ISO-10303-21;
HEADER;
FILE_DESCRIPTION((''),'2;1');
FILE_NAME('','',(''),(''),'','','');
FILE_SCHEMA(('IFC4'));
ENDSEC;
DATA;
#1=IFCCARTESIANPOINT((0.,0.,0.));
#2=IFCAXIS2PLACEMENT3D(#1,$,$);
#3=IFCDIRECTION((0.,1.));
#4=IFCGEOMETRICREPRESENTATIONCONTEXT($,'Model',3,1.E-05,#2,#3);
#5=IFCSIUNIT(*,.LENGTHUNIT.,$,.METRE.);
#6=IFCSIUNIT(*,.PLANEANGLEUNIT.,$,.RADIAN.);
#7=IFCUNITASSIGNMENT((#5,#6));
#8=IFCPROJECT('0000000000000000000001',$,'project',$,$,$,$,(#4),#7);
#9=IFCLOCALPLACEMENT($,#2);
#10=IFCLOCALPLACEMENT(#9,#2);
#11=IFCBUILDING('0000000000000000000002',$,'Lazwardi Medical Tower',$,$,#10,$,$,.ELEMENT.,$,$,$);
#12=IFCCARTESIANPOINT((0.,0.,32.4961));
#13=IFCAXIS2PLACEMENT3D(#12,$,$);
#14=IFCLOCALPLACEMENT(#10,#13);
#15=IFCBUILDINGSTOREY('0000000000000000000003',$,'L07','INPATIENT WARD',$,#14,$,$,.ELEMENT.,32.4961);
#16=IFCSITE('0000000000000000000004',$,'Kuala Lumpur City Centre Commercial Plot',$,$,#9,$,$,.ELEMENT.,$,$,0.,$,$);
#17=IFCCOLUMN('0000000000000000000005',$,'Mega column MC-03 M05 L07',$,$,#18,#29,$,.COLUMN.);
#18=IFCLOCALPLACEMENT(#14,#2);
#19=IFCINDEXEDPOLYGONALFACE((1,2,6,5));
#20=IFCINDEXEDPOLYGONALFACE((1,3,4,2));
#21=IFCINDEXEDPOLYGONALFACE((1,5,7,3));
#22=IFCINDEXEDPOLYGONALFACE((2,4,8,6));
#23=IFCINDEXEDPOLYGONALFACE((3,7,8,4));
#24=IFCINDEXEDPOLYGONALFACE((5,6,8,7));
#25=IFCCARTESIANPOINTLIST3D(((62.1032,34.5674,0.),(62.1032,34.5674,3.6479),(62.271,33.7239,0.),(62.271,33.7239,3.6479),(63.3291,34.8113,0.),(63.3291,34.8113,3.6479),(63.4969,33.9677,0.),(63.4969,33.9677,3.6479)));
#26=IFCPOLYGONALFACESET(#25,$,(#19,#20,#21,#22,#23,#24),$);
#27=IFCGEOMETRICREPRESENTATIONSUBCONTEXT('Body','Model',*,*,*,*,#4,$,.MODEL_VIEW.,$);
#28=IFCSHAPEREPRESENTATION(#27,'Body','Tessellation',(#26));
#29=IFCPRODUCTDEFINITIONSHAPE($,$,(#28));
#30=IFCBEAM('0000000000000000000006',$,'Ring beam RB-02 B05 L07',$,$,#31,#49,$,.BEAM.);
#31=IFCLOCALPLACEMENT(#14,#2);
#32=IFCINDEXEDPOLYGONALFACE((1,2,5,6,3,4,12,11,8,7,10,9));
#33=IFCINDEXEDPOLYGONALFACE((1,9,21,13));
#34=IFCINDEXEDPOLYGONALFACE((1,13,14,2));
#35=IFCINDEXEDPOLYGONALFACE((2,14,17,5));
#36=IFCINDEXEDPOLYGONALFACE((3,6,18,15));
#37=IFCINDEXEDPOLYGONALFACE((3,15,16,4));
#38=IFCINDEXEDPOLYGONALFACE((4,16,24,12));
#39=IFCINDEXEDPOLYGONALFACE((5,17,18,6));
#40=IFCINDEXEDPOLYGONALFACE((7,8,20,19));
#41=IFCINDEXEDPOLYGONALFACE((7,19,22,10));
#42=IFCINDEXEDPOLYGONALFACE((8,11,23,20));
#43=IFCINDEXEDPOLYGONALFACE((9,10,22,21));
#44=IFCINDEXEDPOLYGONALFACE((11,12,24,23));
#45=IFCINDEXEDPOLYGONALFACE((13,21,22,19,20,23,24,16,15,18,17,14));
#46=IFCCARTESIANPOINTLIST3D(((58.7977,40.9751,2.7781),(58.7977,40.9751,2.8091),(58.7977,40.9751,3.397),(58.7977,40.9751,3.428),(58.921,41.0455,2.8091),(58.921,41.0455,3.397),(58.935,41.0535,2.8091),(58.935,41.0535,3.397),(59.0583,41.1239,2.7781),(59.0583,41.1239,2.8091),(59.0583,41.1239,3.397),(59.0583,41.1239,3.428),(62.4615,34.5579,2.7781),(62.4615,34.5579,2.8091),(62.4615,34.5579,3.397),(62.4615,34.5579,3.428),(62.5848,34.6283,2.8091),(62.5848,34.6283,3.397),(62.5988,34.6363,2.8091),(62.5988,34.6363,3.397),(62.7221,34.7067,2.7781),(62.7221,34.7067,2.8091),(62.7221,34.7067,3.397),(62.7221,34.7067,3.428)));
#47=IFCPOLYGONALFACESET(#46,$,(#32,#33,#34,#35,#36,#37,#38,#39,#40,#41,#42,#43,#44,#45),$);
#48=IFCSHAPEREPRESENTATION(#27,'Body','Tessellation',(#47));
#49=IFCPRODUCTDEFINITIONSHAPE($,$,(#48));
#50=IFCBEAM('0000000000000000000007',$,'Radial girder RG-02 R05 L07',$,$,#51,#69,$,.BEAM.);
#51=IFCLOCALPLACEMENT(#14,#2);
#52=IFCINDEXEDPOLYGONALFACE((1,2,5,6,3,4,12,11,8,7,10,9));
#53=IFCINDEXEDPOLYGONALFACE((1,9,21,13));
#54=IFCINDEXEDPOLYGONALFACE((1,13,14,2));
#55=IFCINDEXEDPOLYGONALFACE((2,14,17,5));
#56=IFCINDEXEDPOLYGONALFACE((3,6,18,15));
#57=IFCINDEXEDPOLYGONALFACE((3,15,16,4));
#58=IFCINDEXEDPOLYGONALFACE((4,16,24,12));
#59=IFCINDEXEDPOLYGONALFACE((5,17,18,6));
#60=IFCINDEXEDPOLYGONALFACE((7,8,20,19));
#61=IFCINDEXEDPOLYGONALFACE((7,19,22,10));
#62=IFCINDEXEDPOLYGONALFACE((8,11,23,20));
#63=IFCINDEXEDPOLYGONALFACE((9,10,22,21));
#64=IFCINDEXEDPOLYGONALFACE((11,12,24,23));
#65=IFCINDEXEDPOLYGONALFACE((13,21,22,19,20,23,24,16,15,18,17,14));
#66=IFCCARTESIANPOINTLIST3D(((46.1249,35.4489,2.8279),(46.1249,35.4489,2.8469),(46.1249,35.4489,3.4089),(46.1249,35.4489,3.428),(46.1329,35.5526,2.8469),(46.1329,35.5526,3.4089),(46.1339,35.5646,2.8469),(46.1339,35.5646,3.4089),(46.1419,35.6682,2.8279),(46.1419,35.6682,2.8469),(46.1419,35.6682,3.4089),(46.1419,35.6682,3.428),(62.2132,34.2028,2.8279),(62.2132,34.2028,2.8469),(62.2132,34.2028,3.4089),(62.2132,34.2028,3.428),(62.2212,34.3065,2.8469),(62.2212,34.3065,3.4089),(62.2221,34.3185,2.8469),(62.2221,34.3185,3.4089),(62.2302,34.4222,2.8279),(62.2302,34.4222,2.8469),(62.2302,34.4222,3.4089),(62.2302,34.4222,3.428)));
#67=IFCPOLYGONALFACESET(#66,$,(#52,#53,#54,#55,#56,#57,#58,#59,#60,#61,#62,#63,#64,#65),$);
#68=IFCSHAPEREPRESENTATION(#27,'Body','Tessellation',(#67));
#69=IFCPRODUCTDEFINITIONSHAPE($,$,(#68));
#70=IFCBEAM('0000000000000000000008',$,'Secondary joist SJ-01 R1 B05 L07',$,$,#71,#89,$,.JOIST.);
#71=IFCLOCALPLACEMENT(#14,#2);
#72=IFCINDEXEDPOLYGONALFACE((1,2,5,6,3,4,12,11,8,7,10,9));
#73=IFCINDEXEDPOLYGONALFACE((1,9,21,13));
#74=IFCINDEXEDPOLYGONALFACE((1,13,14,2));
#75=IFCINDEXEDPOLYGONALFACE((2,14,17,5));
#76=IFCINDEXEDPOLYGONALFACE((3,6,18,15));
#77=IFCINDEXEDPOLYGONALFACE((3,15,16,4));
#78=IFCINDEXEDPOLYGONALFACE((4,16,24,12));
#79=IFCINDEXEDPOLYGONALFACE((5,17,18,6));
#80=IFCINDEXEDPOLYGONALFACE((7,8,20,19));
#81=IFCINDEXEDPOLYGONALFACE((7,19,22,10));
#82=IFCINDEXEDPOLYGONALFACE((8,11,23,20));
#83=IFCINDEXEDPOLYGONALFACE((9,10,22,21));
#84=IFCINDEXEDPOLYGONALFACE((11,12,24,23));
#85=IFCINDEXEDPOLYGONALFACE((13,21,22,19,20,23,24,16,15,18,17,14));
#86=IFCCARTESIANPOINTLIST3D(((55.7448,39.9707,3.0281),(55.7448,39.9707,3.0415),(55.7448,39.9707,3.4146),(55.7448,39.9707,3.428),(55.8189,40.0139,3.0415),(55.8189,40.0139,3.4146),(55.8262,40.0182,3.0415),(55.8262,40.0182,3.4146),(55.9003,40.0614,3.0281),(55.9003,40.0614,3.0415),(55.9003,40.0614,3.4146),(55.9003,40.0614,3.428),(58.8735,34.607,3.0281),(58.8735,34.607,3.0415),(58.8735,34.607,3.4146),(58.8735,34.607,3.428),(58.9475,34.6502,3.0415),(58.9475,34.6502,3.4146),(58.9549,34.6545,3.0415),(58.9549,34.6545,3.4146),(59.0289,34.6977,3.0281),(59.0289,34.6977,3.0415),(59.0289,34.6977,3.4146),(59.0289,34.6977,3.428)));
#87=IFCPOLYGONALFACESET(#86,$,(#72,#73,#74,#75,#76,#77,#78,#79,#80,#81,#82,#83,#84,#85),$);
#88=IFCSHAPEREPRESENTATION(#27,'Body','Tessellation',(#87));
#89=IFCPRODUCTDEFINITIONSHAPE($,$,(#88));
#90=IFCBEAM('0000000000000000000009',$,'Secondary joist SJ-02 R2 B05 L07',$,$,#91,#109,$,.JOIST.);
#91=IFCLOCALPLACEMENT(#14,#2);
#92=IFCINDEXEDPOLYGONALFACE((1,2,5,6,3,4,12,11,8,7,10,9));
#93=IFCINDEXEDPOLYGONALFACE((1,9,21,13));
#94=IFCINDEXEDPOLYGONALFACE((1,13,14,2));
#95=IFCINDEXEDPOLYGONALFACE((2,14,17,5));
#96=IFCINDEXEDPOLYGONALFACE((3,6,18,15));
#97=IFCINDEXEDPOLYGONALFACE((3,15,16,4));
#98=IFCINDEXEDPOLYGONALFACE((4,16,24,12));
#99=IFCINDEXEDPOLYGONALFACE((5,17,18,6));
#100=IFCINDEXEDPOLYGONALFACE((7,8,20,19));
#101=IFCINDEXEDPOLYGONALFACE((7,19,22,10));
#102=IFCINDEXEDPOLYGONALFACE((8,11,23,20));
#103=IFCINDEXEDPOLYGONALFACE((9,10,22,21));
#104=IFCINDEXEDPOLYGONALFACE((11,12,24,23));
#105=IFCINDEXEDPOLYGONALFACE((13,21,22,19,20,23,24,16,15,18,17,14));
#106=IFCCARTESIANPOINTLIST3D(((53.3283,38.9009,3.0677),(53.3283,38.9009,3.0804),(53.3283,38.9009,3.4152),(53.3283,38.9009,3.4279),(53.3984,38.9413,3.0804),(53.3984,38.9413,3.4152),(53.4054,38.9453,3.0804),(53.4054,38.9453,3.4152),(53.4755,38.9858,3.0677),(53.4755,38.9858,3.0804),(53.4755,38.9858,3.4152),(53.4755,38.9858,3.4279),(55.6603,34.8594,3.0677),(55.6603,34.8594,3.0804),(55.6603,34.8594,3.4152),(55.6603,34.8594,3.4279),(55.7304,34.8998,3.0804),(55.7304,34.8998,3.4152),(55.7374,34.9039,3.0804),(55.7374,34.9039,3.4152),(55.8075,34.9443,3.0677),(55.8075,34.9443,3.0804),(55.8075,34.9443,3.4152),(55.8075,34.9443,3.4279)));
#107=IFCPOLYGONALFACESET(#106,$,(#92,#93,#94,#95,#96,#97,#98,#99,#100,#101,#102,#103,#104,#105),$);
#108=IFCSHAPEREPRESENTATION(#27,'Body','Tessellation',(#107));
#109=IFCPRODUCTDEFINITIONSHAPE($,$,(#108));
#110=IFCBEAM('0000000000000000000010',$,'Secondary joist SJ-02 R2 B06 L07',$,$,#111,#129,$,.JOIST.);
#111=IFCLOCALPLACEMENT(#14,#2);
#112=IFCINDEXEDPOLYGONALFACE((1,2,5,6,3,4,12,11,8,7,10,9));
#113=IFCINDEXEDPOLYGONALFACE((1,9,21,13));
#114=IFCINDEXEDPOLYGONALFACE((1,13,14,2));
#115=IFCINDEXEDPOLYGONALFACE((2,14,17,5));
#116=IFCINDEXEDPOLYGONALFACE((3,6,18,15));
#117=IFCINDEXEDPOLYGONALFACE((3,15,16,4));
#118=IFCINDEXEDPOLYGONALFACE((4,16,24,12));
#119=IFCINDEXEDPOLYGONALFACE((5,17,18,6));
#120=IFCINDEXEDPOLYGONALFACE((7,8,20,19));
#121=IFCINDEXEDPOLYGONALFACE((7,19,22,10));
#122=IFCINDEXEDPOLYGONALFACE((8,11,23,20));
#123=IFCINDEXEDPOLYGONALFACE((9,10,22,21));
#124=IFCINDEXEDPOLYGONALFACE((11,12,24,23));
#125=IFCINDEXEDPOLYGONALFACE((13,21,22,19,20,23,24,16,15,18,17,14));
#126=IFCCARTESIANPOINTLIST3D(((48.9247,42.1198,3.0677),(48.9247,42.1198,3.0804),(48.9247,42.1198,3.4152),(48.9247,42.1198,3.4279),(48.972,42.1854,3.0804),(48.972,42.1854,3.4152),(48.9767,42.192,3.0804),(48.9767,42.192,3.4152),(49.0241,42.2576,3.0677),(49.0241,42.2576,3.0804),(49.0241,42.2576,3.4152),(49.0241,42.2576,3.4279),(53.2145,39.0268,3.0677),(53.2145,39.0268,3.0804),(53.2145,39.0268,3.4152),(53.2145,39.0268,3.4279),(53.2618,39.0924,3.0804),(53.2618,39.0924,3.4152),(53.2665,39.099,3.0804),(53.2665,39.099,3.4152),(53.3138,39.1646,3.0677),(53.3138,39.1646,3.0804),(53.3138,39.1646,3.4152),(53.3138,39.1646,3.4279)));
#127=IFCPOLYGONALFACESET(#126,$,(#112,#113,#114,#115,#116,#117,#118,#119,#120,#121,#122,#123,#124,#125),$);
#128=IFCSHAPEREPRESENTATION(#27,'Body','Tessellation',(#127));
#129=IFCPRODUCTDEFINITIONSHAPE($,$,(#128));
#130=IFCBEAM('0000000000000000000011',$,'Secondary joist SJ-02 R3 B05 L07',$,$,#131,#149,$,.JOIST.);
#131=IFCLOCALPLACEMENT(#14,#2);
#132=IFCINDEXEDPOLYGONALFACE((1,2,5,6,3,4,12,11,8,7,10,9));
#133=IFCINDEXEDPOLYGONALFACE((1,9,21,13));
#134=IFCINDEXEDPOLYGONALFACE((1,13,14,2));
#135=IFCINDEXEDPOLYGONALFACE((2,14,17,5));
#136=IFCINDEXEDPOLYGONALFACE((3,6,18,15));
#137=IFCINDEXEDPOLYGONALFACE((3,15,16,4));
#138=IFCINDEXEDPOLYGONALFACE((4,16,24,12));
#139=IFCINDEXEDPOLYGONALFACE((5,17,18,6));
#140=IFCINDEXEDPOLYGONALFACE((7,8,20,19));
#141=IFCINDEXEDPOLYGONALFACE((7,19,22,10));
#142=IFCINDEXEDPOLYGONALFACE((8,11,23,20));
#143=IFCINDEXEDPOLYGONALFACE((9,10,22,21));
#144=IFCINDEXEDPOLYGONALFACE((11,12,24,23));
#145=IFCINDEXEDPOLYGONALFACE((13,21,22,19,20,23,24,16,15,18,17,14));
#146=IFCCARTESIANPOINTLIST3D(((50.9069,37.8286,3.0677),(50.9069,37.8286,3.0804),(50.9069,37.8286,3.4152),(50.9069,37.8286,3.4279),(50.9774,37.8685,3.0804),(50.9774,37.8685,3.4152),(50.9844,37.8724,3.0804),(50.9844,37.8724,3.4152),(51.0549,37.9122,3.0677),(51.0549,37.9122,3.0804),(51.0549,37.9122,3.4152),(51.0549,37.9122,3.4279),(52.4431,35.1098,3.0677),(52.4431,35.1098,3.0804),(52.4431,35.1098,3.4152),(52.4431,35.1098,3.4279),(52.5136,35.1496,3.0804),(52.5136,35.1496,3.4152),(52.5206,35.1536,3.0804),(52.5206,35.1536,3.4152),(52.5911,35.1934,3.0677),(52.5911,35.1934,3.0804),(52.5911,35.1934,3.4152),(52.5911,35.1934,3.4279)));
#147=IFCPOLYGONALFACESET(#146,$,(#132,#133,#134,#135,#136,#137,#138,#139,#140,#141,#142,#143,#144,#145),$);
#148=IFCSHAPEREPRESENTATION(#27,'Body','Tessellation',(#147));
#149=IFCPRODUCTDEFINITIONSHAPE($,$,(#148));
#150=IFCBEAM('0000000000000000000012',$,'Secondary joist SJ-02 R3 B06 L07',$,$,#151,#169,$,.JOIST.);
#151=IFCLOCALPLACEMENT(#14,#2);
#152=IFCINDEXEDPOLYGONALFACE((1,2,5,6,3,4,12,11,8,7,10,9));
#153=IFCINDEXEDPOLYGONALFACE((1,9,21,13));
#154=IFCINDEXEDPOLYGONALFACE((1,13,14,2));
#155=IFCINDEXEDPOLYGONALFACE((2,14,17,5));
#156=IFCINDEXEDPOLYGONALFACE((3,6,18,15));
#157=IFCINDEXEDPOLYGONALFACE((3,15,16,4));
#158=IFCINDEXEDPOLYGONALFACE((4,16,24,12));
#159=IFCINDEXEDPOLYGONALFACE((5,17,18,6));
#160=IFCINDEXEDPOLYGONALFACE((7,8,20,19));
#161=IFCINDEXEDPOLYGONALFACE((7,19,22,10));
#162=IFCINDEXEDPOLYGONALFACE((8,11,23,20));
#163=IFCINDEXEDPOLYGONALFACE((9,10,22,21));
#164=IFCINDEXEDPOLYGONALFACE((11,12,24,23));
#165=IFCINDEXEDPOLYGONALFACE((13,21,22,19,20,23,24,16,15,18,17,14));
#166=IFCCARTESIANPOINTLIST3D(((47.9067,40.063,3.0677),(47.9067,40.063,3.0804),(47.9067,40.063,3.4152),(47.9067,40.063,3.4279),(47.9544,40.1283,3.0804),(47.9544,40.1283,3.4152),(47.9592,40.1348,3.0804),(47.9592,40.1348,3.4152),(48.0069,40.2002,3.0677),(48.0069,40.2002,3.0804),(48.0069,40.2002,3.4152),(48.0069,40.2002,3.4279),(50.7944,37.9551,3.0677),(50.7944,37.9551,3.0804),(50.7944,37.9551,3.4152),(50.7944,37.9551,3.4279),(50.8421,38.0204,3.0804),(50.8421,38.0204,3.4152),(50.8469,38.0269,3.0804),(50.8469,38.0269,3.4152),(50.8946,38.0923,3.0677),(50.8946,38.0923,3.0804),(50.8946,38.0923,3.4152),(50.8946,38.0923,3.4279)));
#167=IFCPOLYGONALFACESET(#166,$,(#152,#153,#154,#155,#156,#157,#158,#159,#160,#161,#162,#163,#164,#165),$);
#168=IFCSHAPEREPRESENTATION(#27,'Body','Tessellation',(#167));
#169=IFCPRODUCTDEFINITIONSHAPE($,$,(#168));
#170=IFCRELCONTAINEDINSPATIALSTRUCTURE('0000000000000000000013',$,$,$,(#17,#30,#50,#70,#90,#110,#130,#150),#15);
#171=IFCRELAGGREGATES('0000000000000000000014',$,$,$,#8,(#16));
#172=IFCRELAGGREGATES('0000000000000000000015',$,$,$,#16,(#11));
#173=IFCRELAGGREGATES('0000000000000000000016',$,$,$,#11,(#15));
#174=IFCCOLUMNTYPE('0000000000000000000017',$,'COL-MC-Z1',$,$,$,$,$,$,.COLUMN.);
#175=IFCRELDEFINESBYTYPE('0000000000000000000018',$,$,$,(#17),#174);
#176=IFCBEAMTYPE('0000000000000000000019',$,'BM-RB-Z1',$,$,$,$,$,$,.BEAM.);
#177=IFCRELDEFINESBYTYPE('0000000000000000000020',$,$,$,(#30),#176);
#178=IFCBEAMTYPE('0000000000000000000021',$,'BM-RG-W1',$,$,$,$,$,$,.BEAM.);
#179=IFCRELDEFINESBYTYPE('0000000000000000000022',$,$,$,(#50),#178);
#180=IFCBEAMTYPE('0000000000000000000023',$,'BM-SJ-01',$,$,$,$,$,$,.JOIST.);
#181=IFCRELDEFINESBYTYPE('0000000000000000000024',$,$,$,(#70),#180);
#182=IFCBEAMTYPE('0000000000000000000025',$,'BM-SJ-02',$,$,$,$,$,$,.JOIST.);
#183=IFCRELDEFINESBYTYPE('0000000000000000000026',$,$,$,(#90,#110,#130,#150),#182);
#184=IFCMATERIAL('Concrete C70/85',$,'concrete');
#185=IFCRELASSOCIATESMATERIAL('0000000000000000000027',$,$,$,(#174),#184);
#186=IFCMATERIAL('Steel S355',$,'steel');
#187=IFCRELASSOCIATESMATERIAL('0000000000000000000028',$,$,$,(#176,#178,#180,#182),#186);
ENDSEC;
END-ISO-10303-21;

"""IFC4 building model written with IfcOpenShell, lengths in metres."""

from ifc_helpers import new_model, si_unit, direction, frame, origin, origin_2d, place, context, subcontext, project, spatial, rectangle, i_section, extrude, material, material_profile, profile_set, type_object, element, save


model = new_model("IFC4")

# Units and contexts
model_context = context("Model", 3, precision=1e-05, world=origin(), true_north=direction((0.0, 1.0)))
body_context = subcontext(model_context, "Body", "Model", "MODEL_VIEW")
ifc_project = project(units=[si_unit("LENGTHUNIT", "METRE"), si_unit("PLANEANGLEUNIT", "RADIAN")], contexts=[model_context])

# Site, building, storey
site_placement = place(None, origin())
site = spatial("IfcSite", under=ifc_project, at=site_placement, Name="Kuala Lumpur City Centre Commercial Plot", CompositionType="ELEMENT", RefElevation=0.0)
building_placement = place(site_placement, origin())
building = spatial("IfcBuilding", under=site, at=building_placement, Name="Lazwardi Medical Tower", CompositionType="ELEMENT")
storey_placement = place(building_placement, frame((0.0, 0.0, 32.4961)))
storey = spatial("IfcBuildingStorey", under=building, at=storey_placement, Name="L07", Description="INPATIENT WARD", CompositionType="ELEMENT", Elevation=32.4961)

# Column
ifc_material_1 = material(Name="Concrete C70/85", Category="concrete")
ifc_material_profile_1 = material_profile(ifc_material_1, rectangle(XDim=1.25, YDim=0.8601, at=origin_2d()), Name="CFT-RECT 1250x860")
ifc_profile_set_1 = profile_set([ifc_material_profile_1], Name="Concrete C70/85")
column_type = type_object("IfcColumnType", Name="COL-MC-Z1", PredefinedType="COLUMN", material=ifc_profile_set_1)
column_placement = place(storey_placement, frame((62.8, 34.2676, 0.0), z_axis=(0.0, 0.0, 1.0), x_axis=(0.980785, 0.19509, 0.0)))
element("IfcColumn", 1, at=column_placement, inside=storey, type_object=column_type, Name="Mega column MC-03 M05 L07", PredefinedType="COLUMN", context=body_context, shape_type="SweptSolid", body=[
    extrude(rectangle(XDim=1.25, YDim=0.8601, at=origin_2d()), origin(), (0.0, 0.0, 1.0), 3.6479),
])

# Beams
ifc_material_2 = material(Name="Steel S355", Category="steel")
ifc_material_profile_2 = material_profile(ifc_material_2, i_section(OverallWidth=0.3, OverallDepth=0.6499, WebThickness=0.0161, FlangeThickness=0.031, at=origin_2d()), Name="HEB 650")
ifc_profile_set_2 = profile_set([ifc_material_profile_2], Name="Steel S355")
beam_type_1 = type_object("IfcBeamType", Name="BM-RB-Z1", PredefinedType="BEAM", material=ifc_profile_set_2)
beam_1_placement = place(storey_placement, frame((62.5918, 34.6323, 3.103), z_axis=(-0.495815, 0.868428, 0.0), x_axis=(-0.868428, -0.495815, 0.0)))
element("IfcBeam", 2, at=beam_1_placement, inside=storey, type_object=beam_type_1, Name="Ring beam RB-02 B05 L07", PredefinedType="BEAM", context=body_context, shape_type="SweptSolid", body=[
    extrude(i_section(OverallWidth=0.3, OverallDepth=0.6499, WebThickness=0.0161, FlangeThickness=0.031, at=origin_2d()), origin(), (0.0, 0.0, 1.0), 7.3894),
])
ifc_material_profile_3 = material_profile(ifc_material_2, i_section(OverallWidth=0.22, OverallDepth=0.6001, WebThickness=0.012, FlangeThickness=0.019, at=origin_2d()), Name="IPE 600")
ifc_profile_set_3 = profile_set([ifc_material_profile_3], Name="Steel S355")
beam_type_2 = type_object("IfcBeamType", Name="BM-RG-W1", PredefinedType="BEAM", material=ifc_profile_set_3)
beam_2_placement = place(storey_placement, frame((62.2217, 34.3125, 3.1279), z_axis=(-0.997014, 0.077222, 0.0), x_axis=(-0.077222, -0.997014, 0.0)))
element("IfcBeam", 3, at=beam_2_placement, inside=storey, type_object=beam_type_2, Name="Radial girder RG-02 R05 L07", PredefinedType="BEAM", context=body_context, shape_type="SweptSolid", body=[
    extrude(i_section(OverallWidth=0.22, OverallDepth=0.6001, WebThickness=0.012, FlangeThickness=0.019, at=origin_2d()), origin(), (0.0, 0.0, 1.0), 16.1365),
])
ifc_material_profile_4 = material_profile(ifc_material_2, i_section(OverallWidth=0.1799, OverallDepth=0.3999, WebThickness=0.0085, FlangeThickness=0.0134, at=origin_2d()), Name="IPE 400")
ifc_profile_set_4 = profile_set([ifc_material_profile_4], Name="Steel S355")
beam_type_3 = type_object("IfcBeamType", Name="BM-SJ-01", PredefinedType="JOIST", material=ifc_profile_set_4)
beam_3_placement = place(storey_placement, frame((58.9512, 34.6523, 3.228), z_axis=(-0.503847, 0.863793, 0.0), x_axis=(-0.863793, -0.503847, 0.0)))
element("IfcBeam", 4, at=beam_3_placement, inside=storey, type_object=beam_type_3, Name="Secondary joist SJ-01 R1 B05 L07", PredefinedType="JOIST", context=body_context, shape_type="SweptSolid", body=[
    extrude(i_section(OverallWidth=0.1799, OverallDepth=0.3999, WebThickness=0.0085, FlangeThickness=0.0134, at=origin_2d()), origin(), (0.0, 0.0, 1.0), 6.2095),
])
ifc_material_profile_5 = material_profile(ifc_material_2, i_section(OverallWidth=0.1699, OverallDepth=0.3601, WebThickness=0.0081, FlangeThickness=0.0127, at=origin_2d()), Name="IPE 360")
ifc_profile_set_5 = profile_set([ifc_material_profile_5], Name="Steel S355")
beam_type_4 = type_object("IfcBeamType", Name="BM-SJ-02", PredefinedType="JOIST", material=ifc_profile_set_5)
beam_4_placement = place(storey_placement, frame((55.7339, 34.9019, 3.2478), z_axis=(-0.499786, 0.866149, 0.0), x_axis=(-0.866149, -0.499786, 0.0)))
element("IfcBeam", 5, at=beam_4_placement, inside=storey, type_object=beam_type_4, Name="Secondary joist SJ-02 R2 B05 L07", PredefinedType="JOIST", context=body_context, shape_type="SweptSolid", body=[
    extrude(i_section(OverallWidth=0.1699, OverallDepth=0.3601, WebThickness=0.0081, FlangeThickness=0.0127, at=origin_2d()), origin(), (0.0, 0.0, 1.0), 4.666),
])
beam_5_placement = place(storey_placement, frame((53.2642, 39.0957, 3.2478), z_axis=(-0.811143, 0.584848, 0.0), x_axis=(-0.584848, -0.811143, 0.0)))
element("IfcBeam", 6, at=beam_5_placement, inside=storey, type_object=beam_type_4, Name="Secondary joist SJ-02 R2 B06 L07", PredefinedType="JOIST", context=body_context, shape_type="SweptSolid", body=[
    extrude(i_section(OverallWidth=0.1699, OverallDepth=0.3601, WebThickness=0.0081, FlangeThickness=0.0127, at=origin_2d()), origin(), (0.0, 0.0, 1.0), 5.2886),
])
beam_6_placement = place(storey_placement, frame((52.5171, 35.1516, 3.2478), z_axis=(-0.491923, 0.870639, 0.0), x_axis=(-0.870639, -0.491923, 0.0)))
element("IfcBeam", 7, at=beam_6_placement, inside=storey, type_object=beam_type_4, Name="Secondary joist SJ-02 R3 B05 L07", PredefinedType="JOIST", context=body_context, shape_type="SweptSolid", body=[
    extrude(i_section(OverallWidth=0.1699, OverallDepth=0.3601, WebThickness=0.0081, FlangeThickness=0.0127, at=origin_2d()), origin(), (0.0, 0.0, 1.0), 3.1228),
])
beam_7_placement = place(storey_placement, frame((50.8445, 38.0237, 3.2478), z_axis=(-0.807701, 0.589592, 0.0), x_axis=(-0.589592, -0.807701, 0.0)))
element("IfcBeam", 8, at=beam_7_placement, inside=storey, type_object=beam_type_4, Name="Secondary joist SJ-02 R3 B06 L07", PredefinedType="JOIST", context=body_context, shape_type="SweptSolid", body=[
    extrude(i_section(OverallWidth=0.1699, OverallDepth=0.3601, WebThickness=0.0081, FlangeThickness=0.0127, at=origin_2d()), origin(), (0.0, 0.0, 1.0), 3.5752),
])

save(model, "model.ifc")
